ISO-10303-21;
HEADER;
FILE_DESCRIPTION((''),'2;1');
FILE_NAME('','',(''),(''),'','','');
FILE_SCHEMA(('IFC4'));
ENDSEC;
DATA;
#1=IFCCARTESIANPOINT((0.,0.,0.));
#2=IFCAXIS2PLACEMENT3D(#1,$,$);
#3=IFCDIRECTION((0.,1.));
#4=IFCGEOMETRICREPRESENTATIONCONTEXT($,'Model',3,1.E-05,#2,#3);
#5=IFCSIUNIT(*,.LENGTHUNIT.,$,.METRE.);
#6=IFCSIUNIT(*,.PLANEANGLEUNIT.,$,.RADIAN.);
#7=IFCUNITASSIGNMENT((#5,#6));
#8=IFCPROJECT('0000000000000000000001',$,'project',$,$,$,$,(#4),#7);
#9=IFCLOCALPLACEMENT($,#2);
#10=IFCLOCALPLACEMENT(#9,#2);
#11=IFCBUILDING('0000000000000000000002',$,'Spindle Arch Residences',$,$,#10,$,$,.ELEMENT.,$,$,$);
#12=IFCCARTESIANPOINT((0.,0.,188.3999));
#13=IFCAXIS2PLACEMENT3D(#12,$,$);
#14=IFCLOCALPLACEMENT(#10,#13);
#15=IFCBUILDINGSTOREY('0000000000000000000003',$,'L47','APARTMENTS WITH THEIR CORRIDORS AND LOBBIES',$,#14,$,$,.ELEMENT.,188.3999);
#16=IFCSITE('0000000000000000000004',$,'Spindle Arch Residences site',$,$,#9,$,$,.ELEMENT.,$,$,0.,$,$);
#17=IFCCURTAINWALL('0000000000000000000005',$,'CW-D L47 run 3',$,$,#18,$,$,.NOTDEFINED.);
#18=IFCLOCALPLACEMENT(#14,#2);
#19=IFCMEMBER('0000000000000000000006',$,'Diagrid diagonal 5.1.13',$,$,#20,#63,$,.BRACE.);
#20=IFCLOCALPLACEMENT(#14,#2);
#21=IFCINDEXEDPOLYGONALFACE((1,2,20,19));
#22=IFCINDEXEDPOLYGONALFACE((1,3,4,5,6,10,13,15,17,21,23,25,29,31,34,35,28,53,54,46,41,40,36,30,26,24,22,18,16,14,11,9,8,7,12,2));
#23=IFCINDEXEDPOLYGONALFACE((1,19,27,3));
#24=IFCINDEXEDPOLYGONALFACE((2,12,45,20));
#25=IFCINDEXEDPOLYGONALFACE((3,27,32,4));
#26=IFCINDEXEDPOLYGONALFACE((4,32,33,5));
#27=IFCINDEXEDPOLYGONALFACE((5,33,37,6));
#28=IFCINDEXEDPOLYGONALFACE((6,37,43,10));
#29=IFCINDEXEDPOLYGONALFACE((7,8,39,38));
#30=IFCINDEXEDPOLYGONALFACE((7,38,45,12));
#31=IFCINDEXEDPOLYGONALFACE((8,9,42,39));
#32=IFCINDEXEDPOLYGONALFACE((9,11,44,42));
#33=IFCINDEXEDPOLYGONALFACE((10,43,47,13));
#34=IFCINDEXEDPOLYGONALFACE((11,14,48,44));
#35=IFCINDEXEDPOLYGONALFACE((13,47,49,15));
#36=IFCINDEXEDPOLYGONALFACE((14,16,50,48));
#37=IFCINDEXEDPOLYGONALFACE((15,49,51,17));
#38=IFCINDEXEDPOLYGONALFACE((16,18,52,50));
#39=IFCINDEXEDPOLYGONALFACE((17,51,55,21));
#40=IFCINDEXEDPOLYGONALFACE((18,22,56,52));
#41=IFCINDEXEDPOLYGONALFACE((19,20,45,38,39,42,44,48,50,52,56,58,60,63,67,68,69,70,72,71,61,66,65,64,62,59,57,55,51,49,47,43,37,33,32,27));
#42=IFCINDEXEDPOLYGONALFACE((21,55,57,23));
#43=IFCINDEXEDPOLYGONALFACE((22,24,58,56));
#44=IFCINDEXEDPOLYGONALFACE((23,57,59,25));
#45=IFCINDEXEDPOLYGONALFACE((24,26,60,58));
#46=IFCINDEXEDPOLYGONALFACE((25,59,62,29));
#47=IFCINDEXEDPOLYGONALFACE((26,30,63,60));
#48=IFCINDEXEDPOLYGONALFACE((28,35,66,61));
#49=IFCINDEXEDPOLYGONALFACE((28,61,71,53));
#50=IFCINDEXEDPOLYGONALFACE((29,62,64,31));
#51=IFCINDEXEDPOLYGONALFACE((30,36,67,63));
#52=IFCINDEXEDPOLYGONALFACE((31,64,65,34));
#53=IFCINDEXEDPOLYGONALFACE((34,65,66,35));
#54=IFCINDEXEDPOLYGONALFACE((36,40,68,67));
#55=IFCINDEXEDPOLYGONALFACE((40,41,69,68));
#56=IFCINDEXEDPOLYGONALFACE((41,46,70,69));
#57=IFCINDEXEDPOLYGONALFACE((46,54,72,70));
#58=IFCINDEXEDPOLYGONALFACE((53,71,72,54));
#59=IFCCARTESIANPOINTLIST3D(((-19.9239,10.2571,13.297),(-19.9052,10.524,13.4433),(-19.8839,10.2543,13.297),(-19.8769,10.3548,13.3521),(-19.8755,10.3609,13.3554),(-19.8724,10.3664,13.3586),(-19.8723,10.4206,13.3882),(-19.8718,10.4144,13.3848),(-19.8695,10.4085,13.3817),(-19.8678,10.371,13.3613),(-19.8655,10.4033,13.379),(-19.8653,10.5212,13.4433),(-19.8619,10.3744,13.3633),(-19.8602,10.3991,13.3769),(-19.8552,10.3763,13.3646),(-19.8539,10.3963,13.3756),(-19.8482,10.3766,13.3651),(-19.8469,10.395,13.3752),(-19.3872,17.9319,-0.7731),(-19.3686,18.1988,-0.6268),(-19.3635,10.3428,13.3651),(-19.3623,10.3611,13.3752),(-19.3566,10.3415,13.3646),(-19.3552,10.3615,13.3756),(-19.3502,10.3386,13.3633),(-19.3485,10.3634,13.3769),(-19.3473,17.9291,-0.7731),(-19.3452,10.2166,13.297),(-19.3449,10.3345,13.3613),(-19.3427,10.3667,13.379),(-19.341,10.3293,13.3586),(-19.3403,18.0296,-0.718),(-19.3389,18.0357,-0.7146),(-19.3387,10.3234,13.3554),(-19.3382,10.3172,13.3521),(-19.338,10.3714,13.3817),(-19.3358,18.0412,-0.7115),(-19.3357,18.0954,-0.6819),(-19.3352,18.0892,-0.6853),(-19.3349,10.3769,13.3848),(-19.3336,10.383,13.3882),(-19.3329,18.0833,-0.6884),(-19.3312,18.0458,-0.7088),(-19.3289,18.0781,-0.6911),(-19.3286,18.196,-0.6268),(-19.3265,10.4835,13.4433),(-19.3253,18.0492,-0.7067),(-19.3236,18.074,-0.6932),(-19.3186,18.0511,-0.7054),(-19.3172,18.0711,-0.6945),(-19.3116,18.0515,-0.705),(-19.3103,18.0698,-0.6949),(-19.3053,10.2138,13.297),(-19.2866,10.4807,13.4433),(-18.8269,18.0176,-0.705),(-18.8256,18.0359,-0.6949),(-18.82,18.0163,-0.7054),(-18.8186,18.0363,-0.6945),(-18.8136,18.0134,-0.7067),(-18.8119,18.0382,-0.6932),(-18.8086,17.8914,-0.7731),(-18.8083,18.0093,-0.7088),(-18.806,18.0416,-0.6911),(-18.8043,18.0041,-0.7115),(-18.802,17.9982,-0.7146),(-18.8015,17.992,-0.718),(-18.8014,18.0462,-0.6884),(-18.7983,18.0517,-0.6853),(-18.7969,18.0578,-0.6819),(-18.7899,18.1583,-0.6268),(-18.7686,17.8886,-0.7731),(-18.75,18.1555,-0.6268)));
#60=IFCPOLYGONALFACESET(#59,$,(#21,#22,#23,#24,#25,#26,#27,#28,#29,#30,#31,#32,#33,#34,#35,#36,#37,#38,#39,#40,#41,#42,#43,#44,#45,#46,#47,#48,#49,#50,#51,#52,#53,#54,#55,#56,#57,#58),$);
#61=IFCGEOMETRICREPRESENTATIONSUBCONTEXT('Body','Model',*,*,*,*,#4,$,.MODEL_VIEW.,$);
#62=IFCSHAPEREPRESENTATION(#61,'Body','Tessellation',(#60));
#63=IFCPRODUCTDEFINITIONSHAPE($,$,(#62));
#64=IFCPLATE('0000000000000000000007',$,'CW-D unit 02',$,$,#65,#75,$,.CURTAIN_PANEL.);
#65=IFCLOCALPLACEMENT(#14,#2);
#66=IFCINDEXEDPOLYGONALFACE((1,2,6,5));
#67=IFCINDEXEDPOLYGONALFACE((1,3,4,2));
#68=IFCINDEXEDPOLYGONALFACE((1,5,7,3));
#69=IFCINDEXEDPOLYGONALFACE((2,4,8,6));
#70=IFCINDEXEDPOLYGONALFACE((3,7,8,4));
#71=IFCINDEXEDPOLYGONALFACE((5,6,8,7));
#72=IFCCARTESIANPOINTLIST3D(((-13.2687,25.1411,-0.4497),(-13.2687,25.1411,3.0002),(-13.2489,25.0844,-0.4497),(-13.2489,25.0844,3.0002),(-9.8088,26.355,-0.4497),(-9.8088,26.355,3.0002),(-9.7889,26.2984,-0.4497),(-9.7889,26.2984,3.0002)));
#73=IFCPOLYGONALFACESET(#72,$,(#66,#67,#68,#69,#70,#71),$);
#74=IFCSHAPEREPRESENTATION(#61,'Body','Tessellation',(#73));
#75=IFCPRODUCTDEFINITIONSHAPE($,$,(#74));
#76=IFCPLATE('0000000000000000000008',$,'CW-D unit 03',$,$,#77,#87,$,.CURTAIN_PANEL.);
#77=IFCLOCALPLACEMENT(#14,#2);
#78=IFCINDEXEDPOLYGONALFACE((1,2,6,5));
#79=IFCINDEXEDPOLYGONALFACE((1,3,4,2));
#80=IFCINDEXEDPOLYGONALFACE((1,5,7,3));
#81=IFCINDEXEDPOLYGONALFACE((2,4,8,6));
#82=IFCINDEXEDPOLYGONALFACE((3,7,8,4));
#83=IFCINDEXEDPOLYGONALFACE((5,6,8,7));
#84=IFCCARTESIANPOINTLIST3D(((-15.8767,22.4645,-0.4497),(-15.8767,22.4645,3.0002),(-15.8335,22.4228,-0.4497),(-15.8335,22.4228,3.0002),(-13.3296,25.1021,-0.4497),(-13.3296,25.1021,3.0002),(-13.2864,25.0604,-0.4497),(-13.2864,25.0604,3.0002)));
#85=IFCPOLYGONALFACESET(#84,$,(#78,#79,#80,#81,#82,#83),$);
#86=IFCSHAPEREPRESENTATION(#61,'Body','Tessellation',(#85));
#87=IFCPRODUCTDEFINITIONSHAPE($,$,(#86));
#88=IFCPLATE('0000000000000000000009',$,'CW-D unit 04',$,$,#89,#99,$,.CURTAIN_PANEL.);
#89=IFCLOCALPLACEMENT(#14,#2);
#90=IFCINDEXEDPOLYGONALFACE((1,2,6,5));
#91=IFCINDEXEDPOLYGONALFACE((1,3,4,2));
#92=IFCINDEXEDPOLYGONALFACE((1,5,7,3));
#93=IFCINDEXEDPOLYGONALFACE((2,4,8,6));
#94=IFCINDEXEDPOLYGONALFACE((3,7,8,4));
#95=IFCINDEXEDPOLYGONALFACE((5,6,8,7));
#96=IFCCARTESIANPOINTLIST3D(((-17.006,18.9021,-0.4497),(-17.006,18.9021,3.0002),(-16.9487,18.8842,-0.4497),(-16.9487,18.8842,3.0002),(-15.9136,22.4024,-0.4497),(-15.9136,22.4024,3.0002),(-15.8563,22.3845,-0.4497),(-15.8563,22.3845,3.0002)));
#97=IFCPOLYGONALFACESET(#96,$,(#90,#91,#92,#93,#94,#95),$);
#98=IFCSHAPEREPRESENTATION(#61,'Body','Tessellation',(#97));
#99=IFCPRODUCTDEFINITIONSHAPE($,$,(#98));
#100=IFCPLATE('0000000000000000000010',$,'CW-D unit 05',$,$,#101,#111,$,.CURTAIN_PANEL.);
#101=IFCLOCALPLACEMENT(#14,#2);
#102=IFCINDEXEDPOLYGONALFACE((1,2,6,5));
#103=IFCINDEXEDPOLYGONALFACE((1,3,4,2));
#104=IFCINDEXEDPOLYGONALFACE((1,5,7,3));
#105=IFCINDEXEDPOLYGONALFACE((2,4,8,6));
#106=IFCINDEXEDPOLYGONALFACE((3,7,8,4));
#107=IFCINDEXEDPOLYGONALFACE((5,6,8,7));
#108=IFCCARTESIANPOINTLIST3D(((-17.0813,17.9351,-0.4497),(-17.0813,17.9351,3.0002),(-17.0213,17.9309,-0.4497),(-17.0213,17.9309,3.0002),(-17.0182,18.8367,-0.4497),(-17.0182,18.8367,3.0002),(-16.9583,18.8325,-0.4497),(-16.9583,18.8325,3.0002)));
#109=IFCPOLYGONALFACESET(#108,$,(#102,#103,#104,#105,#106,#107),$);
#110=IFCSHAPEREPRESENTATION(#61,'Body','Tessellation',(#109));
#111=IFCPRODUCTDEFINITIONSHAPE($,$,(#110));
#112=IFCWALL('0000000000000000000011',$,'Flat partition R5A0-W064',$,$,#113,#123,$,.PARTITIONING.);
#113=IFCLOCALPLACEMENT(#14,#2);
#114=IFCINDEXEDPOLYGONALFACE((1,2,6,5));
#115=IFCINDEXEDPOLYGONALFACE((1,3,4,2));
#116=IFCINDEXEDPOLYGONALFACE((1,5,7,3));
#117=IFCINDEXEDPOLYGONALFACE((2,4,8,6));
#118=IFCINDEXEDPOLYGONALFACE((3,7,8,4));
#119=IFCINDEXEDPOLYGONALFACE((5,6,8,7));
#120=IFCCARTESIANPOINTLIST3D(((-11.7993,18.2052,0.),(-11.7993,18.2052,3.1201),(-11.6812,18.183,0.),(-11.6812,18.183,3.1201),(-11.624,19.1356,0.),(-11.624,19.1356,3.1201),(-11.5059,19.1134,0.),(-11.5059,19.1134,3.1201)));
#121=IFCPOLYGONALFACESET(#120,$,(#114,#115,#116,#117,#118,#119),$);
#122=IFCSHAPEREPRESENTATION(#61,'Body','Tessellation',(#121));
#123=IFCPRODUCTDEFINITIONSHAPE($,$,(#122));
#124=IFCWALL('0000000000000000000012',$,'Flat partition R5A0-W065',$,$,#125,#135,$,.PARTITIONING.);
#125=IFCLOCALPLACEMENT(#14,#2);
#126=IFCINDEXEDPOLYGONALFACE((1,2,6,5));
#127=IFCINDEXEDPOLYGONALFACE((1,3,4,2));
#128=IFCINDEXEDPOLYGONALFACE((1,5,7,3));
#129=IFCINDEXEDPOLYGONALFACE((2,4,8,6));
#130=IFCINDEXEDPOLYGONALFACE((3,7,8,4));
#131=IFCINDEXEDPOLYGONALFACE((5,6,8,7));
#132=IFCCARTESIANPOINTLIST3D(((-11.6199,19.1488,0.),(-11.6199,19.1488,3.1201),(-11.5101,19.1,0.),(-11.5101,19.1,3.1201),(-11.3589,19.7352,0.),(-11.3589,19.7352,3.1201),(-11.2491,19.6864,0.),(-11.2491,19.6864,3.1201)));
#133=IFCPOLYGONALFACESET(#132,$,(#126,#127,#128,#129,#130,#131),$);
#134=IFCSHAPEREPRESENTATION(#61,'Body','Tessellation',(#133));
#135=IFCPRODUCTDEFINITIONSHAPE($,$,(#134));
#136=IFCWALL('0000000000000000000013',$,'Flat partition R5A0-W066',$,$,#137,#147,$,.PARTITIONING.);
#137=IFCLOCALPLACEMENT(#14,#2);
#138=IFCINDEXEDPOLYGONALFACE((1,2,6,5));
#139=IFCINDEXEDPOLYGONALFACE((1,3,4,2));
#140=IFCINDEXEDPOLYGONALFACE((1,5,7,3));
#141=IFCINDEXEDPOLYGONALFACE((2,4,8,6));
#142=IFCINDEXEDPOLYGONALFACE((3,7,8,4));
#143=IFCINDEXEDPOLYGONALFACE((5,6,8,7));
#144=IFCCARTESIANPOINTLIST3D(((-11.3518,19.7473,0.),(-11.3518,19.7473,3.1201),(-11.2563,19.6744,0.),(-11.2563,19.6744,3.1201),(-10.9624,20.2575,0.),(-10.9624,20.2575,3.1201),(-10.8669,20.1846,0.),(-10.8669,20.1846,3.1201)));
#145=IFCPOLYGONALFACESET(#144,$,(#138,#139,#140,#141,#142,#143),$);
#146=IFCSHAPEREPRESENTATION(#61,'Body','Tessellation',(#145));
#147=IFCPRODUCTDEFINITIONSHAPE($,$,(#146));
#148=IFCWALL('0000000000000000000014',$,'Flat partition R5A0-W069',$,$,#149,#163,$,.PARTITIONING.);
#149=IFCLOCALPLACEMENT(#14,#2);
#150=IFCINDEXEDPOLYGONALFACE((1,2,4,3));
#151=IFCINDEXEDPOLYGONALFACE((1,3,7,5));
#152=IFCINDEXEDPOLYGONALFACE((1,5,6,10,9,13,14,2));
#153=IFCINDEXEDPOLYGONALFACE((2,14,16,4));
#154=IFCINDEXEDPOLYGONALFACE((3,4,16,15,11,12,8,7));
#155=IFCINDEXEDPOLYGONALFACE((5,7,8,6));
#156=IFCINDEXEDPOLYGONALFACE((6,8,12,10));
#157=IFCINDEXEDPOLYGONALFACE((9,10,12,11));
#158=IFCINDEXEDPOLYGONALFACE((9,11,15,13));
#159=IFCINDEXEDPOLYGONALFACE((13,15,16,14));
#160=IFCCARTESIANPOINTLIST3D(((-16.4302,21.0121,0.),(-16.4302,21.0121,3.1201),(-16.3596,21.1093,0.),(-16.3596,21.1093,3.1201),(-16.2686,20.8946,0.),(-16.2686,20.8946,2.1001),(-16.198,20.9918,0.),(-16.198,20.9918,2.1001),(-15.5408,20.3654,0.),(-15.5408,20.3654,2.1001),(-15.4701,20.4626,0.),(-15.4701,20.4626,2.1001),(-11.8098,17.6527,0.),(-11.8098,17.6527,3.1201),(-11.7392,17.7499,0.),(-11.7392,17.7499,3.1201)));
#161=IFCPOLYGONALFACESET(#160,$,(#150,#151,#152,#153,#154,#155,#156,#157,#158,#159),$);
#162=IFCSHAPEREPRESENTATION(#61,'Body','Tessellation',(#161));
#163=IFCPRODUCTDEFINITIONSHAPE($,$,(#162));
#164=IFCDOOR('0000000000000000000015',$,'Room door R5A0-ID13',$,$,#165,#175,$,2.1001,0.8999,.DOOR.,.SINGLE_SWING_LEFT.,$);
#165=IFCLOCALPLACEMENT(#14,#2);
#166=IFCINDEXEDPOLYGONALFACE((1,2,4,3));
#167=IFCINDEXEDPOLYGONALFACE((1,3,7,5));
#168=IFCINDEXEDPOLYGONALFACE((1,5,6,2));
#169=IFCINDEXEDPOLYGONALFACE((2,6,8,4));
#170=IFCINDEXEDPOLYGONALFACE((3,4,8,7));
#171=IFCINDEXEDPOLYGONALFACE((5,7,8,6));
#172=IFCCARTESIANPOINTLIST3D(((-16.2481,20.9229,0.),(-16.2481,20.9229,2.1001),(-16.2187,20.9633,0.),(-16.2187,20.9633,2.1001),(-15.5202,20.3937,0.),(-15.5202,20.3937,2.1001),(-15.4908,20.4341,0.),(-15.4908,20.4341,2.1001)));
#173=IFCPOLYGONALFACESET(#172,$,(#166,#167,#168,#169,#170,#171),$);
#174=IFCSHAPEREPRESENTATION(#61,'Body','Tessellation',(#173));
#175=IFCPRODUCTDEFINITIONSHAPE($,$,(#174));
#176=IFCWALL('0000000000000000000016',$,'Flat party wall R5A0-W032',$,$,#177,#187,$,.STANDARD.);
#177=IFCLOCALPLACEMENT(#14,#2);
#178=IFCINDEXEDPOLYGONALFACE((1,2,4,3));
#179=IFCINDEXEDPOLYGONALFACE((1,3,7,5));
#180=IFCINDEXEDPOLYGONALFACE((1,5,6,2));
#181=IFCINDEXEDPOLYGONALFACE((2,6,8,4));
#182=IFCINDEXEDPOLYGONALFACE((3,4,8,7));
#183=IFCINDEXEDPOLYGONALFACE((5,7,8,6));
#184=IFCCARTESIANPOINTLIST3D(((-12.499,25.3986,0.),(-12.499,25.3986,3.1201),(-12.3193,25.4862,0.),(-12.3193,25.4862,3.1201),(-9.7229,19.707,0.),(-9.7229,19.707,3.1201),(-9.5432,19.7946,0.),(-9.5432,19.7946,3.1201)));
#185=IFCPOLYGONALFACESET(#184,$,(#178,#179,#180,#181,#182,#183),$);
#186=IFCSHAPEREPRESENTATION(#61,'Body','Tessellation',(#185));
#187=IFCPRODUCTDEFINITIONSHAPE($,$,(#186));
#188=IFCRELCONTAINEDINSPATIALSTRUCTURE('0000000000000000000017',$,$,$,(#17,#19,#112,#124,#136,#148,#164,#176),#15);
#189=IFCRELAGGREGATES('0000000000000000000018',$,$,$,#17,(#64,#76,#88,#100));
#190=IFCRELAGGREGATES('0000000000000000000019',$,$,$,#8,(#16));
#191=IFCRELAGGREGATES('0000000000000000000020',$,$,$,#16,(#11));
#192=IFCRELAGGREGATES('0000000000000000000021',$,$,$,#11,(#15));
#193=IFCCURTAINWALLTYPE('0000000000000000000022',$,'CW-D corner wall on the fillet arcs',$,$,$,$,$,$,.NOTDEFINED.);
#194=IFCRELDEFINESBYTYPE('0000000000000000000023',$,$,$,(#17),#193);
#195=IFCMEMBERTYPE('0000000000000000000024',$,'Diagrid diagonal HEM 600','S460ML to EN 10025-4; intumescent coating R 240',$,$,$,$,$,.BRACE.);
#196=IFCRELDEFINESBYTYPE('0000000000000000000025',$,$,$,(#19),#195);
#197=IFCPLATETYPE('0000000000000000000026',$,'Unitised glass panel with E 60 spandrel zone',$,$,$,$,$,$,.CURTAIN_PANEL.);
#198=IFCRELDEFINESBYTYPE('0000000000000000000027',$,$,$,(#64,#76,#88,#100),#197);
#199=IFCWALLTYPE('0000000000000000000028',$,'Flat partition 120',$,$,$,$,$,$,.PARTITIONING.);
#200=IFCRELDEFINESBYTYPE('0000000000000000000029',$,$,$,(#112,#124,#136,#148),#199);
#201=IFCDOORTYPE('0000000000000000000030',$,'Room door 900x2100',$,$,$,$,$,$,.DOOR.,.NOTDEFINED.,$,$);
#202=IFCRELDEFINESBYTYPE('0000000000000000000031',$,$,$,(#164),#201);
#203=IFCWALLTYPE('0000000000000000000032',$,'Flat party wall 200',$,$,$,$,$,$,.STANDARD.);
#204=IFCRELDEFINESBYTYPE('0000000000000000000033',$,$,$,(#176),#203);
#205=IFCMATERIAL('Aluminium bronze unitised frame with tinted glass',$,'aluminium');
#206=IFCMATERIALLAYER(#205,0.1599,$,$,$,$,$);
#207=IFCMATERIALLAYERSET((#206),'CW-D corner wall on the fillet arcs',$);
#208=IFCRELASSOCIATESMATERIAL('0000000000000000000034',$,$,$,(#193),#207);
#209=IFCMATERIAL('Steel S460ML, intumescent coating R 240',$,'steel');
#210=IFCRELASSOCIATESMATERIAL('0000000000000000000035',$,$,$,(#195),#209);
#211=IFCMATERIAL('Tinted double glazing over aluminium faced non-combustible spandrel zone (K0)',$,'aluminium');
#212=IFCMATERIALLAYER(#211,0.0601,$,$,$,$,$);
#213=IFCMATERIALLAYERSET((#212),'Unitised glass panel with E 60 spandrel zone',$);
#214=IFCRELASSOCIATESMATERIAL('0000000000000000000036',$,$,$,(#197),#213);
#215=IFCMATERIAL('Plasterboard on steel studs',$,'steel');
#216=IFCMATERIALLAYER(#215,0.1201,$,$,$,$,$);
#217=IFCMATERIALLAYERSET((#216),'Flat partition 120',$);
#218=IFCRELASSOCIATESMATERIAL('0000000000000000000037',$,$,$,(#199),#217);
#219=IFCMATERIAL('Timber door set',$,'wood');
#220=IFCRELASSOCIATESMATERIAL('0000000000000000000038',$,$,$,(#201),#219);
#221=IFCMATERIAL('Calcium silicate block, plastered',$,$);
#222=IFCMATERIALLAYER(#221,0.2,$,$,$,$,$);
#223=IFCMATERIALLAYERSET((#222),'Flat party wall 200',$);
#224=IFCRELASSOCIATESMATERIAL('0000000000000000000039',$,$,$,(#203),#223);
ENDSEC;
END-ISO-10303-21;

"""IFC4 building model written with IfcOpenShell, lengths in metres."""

from ifc_helpers import new_model, si_unit, direction, frame, frame_2d, origin, origin_2d, place, context, subcontext, project, spatial, rectangle, i_section, extrude, material, layer, layer_set, material_profile, profile_set, type_object, element, fill, aggregate, save


model = new_model("IFC4")

# Units and contexts
model_context = context("Model", 3, precision=1e-05, world=origin(), true_north=direction((0.0, 1.0)))
body_context = subcontext(model_context, "Body", "Model", "MODEL_VIEW")
ifc_project = project(units=[si_unit("LENGTHUNIT", "METRE"), si_unit("PLANEANGLEUNIT", "RADIAN")], contexts=[model_context])

# Site, building, storey
site_placement = place(None, origin())
site = spatial("IfcSite", under=ifc_project, at=site_placement, Name="Spindle Arch Residences site", CompositionType="ELEMENT", RefElevation=0.0)
building_placement = place(site_placement, origin())
building = spatial("IfcBuilding", under=site, at=building_placement, Name="Spindle Arch Residences", CompositionType="ELEMENT")
storey_placement = place(building_placement, frame((0.0, 0.0, 188.3999)))
storey = spatial("IfcBuildingStorey", under=building, at=storey_placement, Name="L47", Description="APARTMENTS WITH THEIR CORRIDORS AND LOBBIES", CompositionType="ELEMENT", Elevation=188.3999)

# Curtain wall
ifc_material_1 = material(Name="Aluminium bronze unitised frame with tinted glass", Category="aluminium")
ifc_layer_1 = layer(ifc_material_1, 0.1599)
ifc_layer_set_1 = layer_set([ifc_layer_1], Name="CW-D corner wall on the fillet arcs")
curtain_wall_type = type_object("IfcCurtainWallType", Name="CW-D corner wall on the fillet arcs", PredefinedType="NOTDEFINED", material=ifc_layer_set_1)
curtain_wall_placement = place(storey_placement, origin())
curtain_wall = element("IfcCurtainWall", 1, at=curtain_wall_placement, inside=storey, type_object=curtain_wall_type, Name="CW-D L47 run 3", PredefinedType="NOTDEFINED")

# Member
ifc_material_2 = material(Name="Steel S460ML, intumescent coating R 240", Category="steel")
ifc_material_profile_1 = material_profile(ifc_material_2, i_section(OverallWidth=0.3049, OverallDepth=0.6201, WebThickness=0.021, FlangeThickness=0.04, FilletRadius=0.0271, at=origin_2d()), Name="HEM 600")
ifc_profile_set_1 = profile_set([ifc_material_profile_1], Name="Steel S460ML, intumescent coating R 240")
member_type_1 = type_object("IfcMemberType", Name="Diagrid diagonal HEM 600", Description="S460ML to EN 10025-4; intumescent coating R 240", PredefinedType="BRACE", material=ifc_profile_set_1)
member_1_placement = place(storey_placement, frame((-19.0686, 18.0437, -0.7), z_axis=(-0.033463, -0.478595, 0.877398), x_axis=(0.061198, 0.875261, 0.479763)))
element("IfcMember", 2, at=member_1_placement, inside=storey, type_object=member_type_1, Name="Diagrid diagonal 5.1.13", PredefinedType="BRACE", context=body_context, shape_type="SweptSolid", body=[
    extrude(i_section(OverallWidth=0.3049, OverallDepth=0.6201, WebThickness=0.021, FlangeThickness=0.04, FilletRadius=0.0271, at=origin_2d()), origin(), (0.0, 0.0, 1.0), 16.0361),
])

# Plates
ifc_material_3 = material(Name="Tinted double glazing over aluminium faced non-combustible spandrel zone (K0)", Category="aluminium")
ifc_layer_2 = layer(ifc_material_3, 0.0601)
ifc_layer_set_2 = layer_set([ifc_layer_2], Name="Unitised glass panel with E 60 spandrel zone")
plate_type = type_object("IfcPlateType", Name="Unitised glass panel with E 60 spandrel zone", PredefinedType="CURTAIN_PANEL", material=ifc_layer_set_2)
plate_1_placement = place(storey_placement, frame((-11.5288, 25.7197, -0.4497), z_axis=(0.0, 0.0, 1.0), x_axis=(-0.943609, -0.331063, 0.0)))
plate_1 = element("IfcPlate", 3, at=plate_1_placement, type_object=plate_type, Name="CW-D unit 02", PredefinedType="CURTAIN_PANEL", context=body_context, shape_type="SweptSolid", body=[
    extrude(rectangle(XDim=3.6667, YDim=0.0601, at=origin_2d()), origin(), (0.0, 0.0, 1.0), 3.45),
])
plate_2_placement = place(storey_placement, frame((-14.5815, 23.7625, -0.4497), z_axis=(0.0, 0.0, 1.0), x_axis=(-0.694658, -0.71934, 0.0)))
plate_2 = element("IfcPlate", 4, at=plate_2_placement, type_object=plate_type, Name="CW-D unit 03", PredefinedType="CURTAIN_PANEL", context=body_context, shape_type="SweptSolid", body=[
    extrude(rectangle(XDim=3.6667, YDim=0.0601, at=origin_2d()), origin(), (0.0, 0.0, 1.0), 3.45),
])
plate_3_placement = place(storey_placement, frame((-16.4312, 20.6433, -0.4497), z_axis=(0.0, 0.0, 1.0), x_axis=(-0.29793, -0.954588, 0.0)))
plate_3 = element("IfcPlate", 5, at=plate_3_placement, type_object=plate_type, Name="CW-D unit 04", PredefinedType="CURTAIN_PANEL", context=body_context, shape_type="SweptSolid", body=[
    extrude(rectangle(XDim=3.6667, YDim=0.0601, at=origin_2d()), origin(), (0.0, 0.0, 1.0), 3.45),
])
plate_4_placement = place(storey_placement, frame((-17.0198, 18.3838, -0.4497), z_axis=(0.0, 0.0, 1.0), x_axis=(-0.069756, -0.997564, 0.0)))
plate_4 = element("IfcPlate", 6, at=plate_4_placement, type_object=plate_type, Name="CW-D unit 05", PredefinedType="CURTAIN_PANEL", context=body_context, shape_type="SweptSolid", body=[
    extrude(rectangle(XDim=0.9038, YDim=0.0601, at=origin_2d()), origin(), (0.0, 0.0, 1.0), 3.45),
])
aggregate(curtain_wall, [plate_1, plate_2, plate_3, plate_4])

# Walls
ifc_material_4 = material(Name="Plasterboard on steel studs", Category="steel")
ifc_layer_3 = layer(ifc_material_4, 0.1201)
ifc_layer_set_3 = layer_set([ifc_layer_3], Name="Flat partition 120")
wall_type_1 = type_object("IfcWallType", Name="Flat partition 120", PredefinedType="PARTITIONING", material=ifc_layer_set_3)
wall_1_placement = place(storey_placement, frame((-11.7402, 18.1941, 0.0), z_axis=(0.0, 0.0, 1.0), x_axis=(0.185145, 0.982711, 0.0)))
element("IfcWall", 7, at=wall_1_placement, inside=storey, type_object=wall_type_1, Name="Flat partition R5A0-W064", PredefinedType="PARTITIONING", context=body_context, shape_type="SweptSolid", body=[
    extrude(rectangle(XDim=0.9468, YDim=0.1201, at=frame_2d((0.4734, 0.0))), origin(), (0.0, 0.0, 1.0), 3.1201),
])
for number, where, z_axis, x_axis, name in (
    (8, (-11.5649, 19.1245, 0.0), (0.0, 0.0, 1.0), (0.406597, 0.913608, 0.0), "Flat partition R5A0-W065"),
    (9, (-11.304, 19.7109, 0.0), (0.0, 0.0, 1.0), (0.606673, 0.794951, 0.0), "Flat partition R5A0-W066"),
):
    element("IfcWall", number, at=place(storey_placement, frame(where, z_axis=z_axis, x_axis=x_axis)), inside=storey, type_object=wall_type_1, Name=name, PredefinedType="PARTITIONING", context=body_context, shape_type="SweptSolid", body=[
        extrude(rectangle(XDim=0.6418, YDim=0.1201, at=frame_2d((0.3208, 0.0))), origin(), (0.0, 0.0, 1.0), 3.1201),
    ])

# Wall, opening, door
wall_2_placement = place(storey_placement, frame((-16.395, 21.0608, 0.0), z_axis=(0.0, 0.0, 1.0), x_axis=(0.80881, -0.58807, 0.0)))
wall_2 = element("IfcWall", 10, at=wall_2_placement, inside=storey, type_object=wall_type_1, Name="Flat partition R5A0-W069", PredefinedType="PARTITIONING", context=body_context, shape_type="SweptSolid", body=[
    extrude(rectangle(XDim=5.7126, YDim=0.1201, at=frame_2d((2.8564, 0.0))), origin(), (0.0, 0.0, 1.0), 3.1201),
])
opening_placement = place(wall_2_placement, frame((0.2, 0.0, 0.0)))
opening = element("IfcOpeningElement", 11, at=opening_placement, cuts=wall_2, PredefinedType="OPENING", context=body_context, shape_type="SweptSolid", body=[
    extrude(rectangle(XDim=0.8999, YDim=2.1001, at=frame_2d((0.45, 1.05))), frame((0.0, 0.0701, 0.0), z_axis=(0.0, -1.0, 0.0), x_axis=(1.0, 0.0, 0.0)), (0.0, 0.0, 1.0), 0.1401),
])
ifc_material_5 = material(Name="Timber door set", Category="wood")
door_type = type_object("IfcDoorType", Name="Room door 900x2100", OperationType="NOTDEFINED", PredefinedType="DOOR", material=ifc_material_5)
door_placement = place(opening_placement, origin())
door = element("IfcDoor", 12, at=door_placement, inside=storey, type_object=door_type, Name="Room door R5A0-ID13", OperationType="SINGLE_SWING_LEFT", OverallHeight=2.1001, OverallWidth=0.8999, PredefinedType="DOOR", context=body_context, shape_type="SweptSolid", body=[
    extrude(rectangle(XDim=0.8999, YDim=2.1001, at=frame_2d((0.45, 1.05))), frame((0.0, 0.0249, 0.0), z_axis=(0.0, -1.0, 0.0), x_axis=(1.0, 0.0, 0.0)), (0.0, 0.0, 1.0), 0.05),
])
fill(opening, door)

# Wall
ifc_material_6 = material(Name="Calcium silicate block, plastered")
ifc_layer_4 = layer(ifc_material_6, 0.2)
ifc_layer_set_4 = layer_set([ifc_layer_4], Name="Flat party wall 200")
wall_type_2 = type_object("IfcWallType", Name="Flat party wall 200", PredefinedType="STANDARD", material=ifc_layer_set_4)
wall_3_placement = place(storey_placement, frame((-12.4092, 25.4424, 0.0), z_axis=(0.0, 0.0, 1.0), x_axis=(0.438386, -0.898787, 0.0)))
element("IfcWall", 13, at=wall_3_placement, inside=storey, type_object=wall_type_2, Name="Flat party wall R5A0-W032", PredefinedType="STANDARD", context=body_context, shape_type="SweptSolid", body=[
    extrude(rectangle(XDim=6.3325, YDim=0.2, at=frame_2d((3.1663, 0.0))), origin(), (0.0, 0.0, 1.0), 3.1201),
])

save(model, "model.ifc")
